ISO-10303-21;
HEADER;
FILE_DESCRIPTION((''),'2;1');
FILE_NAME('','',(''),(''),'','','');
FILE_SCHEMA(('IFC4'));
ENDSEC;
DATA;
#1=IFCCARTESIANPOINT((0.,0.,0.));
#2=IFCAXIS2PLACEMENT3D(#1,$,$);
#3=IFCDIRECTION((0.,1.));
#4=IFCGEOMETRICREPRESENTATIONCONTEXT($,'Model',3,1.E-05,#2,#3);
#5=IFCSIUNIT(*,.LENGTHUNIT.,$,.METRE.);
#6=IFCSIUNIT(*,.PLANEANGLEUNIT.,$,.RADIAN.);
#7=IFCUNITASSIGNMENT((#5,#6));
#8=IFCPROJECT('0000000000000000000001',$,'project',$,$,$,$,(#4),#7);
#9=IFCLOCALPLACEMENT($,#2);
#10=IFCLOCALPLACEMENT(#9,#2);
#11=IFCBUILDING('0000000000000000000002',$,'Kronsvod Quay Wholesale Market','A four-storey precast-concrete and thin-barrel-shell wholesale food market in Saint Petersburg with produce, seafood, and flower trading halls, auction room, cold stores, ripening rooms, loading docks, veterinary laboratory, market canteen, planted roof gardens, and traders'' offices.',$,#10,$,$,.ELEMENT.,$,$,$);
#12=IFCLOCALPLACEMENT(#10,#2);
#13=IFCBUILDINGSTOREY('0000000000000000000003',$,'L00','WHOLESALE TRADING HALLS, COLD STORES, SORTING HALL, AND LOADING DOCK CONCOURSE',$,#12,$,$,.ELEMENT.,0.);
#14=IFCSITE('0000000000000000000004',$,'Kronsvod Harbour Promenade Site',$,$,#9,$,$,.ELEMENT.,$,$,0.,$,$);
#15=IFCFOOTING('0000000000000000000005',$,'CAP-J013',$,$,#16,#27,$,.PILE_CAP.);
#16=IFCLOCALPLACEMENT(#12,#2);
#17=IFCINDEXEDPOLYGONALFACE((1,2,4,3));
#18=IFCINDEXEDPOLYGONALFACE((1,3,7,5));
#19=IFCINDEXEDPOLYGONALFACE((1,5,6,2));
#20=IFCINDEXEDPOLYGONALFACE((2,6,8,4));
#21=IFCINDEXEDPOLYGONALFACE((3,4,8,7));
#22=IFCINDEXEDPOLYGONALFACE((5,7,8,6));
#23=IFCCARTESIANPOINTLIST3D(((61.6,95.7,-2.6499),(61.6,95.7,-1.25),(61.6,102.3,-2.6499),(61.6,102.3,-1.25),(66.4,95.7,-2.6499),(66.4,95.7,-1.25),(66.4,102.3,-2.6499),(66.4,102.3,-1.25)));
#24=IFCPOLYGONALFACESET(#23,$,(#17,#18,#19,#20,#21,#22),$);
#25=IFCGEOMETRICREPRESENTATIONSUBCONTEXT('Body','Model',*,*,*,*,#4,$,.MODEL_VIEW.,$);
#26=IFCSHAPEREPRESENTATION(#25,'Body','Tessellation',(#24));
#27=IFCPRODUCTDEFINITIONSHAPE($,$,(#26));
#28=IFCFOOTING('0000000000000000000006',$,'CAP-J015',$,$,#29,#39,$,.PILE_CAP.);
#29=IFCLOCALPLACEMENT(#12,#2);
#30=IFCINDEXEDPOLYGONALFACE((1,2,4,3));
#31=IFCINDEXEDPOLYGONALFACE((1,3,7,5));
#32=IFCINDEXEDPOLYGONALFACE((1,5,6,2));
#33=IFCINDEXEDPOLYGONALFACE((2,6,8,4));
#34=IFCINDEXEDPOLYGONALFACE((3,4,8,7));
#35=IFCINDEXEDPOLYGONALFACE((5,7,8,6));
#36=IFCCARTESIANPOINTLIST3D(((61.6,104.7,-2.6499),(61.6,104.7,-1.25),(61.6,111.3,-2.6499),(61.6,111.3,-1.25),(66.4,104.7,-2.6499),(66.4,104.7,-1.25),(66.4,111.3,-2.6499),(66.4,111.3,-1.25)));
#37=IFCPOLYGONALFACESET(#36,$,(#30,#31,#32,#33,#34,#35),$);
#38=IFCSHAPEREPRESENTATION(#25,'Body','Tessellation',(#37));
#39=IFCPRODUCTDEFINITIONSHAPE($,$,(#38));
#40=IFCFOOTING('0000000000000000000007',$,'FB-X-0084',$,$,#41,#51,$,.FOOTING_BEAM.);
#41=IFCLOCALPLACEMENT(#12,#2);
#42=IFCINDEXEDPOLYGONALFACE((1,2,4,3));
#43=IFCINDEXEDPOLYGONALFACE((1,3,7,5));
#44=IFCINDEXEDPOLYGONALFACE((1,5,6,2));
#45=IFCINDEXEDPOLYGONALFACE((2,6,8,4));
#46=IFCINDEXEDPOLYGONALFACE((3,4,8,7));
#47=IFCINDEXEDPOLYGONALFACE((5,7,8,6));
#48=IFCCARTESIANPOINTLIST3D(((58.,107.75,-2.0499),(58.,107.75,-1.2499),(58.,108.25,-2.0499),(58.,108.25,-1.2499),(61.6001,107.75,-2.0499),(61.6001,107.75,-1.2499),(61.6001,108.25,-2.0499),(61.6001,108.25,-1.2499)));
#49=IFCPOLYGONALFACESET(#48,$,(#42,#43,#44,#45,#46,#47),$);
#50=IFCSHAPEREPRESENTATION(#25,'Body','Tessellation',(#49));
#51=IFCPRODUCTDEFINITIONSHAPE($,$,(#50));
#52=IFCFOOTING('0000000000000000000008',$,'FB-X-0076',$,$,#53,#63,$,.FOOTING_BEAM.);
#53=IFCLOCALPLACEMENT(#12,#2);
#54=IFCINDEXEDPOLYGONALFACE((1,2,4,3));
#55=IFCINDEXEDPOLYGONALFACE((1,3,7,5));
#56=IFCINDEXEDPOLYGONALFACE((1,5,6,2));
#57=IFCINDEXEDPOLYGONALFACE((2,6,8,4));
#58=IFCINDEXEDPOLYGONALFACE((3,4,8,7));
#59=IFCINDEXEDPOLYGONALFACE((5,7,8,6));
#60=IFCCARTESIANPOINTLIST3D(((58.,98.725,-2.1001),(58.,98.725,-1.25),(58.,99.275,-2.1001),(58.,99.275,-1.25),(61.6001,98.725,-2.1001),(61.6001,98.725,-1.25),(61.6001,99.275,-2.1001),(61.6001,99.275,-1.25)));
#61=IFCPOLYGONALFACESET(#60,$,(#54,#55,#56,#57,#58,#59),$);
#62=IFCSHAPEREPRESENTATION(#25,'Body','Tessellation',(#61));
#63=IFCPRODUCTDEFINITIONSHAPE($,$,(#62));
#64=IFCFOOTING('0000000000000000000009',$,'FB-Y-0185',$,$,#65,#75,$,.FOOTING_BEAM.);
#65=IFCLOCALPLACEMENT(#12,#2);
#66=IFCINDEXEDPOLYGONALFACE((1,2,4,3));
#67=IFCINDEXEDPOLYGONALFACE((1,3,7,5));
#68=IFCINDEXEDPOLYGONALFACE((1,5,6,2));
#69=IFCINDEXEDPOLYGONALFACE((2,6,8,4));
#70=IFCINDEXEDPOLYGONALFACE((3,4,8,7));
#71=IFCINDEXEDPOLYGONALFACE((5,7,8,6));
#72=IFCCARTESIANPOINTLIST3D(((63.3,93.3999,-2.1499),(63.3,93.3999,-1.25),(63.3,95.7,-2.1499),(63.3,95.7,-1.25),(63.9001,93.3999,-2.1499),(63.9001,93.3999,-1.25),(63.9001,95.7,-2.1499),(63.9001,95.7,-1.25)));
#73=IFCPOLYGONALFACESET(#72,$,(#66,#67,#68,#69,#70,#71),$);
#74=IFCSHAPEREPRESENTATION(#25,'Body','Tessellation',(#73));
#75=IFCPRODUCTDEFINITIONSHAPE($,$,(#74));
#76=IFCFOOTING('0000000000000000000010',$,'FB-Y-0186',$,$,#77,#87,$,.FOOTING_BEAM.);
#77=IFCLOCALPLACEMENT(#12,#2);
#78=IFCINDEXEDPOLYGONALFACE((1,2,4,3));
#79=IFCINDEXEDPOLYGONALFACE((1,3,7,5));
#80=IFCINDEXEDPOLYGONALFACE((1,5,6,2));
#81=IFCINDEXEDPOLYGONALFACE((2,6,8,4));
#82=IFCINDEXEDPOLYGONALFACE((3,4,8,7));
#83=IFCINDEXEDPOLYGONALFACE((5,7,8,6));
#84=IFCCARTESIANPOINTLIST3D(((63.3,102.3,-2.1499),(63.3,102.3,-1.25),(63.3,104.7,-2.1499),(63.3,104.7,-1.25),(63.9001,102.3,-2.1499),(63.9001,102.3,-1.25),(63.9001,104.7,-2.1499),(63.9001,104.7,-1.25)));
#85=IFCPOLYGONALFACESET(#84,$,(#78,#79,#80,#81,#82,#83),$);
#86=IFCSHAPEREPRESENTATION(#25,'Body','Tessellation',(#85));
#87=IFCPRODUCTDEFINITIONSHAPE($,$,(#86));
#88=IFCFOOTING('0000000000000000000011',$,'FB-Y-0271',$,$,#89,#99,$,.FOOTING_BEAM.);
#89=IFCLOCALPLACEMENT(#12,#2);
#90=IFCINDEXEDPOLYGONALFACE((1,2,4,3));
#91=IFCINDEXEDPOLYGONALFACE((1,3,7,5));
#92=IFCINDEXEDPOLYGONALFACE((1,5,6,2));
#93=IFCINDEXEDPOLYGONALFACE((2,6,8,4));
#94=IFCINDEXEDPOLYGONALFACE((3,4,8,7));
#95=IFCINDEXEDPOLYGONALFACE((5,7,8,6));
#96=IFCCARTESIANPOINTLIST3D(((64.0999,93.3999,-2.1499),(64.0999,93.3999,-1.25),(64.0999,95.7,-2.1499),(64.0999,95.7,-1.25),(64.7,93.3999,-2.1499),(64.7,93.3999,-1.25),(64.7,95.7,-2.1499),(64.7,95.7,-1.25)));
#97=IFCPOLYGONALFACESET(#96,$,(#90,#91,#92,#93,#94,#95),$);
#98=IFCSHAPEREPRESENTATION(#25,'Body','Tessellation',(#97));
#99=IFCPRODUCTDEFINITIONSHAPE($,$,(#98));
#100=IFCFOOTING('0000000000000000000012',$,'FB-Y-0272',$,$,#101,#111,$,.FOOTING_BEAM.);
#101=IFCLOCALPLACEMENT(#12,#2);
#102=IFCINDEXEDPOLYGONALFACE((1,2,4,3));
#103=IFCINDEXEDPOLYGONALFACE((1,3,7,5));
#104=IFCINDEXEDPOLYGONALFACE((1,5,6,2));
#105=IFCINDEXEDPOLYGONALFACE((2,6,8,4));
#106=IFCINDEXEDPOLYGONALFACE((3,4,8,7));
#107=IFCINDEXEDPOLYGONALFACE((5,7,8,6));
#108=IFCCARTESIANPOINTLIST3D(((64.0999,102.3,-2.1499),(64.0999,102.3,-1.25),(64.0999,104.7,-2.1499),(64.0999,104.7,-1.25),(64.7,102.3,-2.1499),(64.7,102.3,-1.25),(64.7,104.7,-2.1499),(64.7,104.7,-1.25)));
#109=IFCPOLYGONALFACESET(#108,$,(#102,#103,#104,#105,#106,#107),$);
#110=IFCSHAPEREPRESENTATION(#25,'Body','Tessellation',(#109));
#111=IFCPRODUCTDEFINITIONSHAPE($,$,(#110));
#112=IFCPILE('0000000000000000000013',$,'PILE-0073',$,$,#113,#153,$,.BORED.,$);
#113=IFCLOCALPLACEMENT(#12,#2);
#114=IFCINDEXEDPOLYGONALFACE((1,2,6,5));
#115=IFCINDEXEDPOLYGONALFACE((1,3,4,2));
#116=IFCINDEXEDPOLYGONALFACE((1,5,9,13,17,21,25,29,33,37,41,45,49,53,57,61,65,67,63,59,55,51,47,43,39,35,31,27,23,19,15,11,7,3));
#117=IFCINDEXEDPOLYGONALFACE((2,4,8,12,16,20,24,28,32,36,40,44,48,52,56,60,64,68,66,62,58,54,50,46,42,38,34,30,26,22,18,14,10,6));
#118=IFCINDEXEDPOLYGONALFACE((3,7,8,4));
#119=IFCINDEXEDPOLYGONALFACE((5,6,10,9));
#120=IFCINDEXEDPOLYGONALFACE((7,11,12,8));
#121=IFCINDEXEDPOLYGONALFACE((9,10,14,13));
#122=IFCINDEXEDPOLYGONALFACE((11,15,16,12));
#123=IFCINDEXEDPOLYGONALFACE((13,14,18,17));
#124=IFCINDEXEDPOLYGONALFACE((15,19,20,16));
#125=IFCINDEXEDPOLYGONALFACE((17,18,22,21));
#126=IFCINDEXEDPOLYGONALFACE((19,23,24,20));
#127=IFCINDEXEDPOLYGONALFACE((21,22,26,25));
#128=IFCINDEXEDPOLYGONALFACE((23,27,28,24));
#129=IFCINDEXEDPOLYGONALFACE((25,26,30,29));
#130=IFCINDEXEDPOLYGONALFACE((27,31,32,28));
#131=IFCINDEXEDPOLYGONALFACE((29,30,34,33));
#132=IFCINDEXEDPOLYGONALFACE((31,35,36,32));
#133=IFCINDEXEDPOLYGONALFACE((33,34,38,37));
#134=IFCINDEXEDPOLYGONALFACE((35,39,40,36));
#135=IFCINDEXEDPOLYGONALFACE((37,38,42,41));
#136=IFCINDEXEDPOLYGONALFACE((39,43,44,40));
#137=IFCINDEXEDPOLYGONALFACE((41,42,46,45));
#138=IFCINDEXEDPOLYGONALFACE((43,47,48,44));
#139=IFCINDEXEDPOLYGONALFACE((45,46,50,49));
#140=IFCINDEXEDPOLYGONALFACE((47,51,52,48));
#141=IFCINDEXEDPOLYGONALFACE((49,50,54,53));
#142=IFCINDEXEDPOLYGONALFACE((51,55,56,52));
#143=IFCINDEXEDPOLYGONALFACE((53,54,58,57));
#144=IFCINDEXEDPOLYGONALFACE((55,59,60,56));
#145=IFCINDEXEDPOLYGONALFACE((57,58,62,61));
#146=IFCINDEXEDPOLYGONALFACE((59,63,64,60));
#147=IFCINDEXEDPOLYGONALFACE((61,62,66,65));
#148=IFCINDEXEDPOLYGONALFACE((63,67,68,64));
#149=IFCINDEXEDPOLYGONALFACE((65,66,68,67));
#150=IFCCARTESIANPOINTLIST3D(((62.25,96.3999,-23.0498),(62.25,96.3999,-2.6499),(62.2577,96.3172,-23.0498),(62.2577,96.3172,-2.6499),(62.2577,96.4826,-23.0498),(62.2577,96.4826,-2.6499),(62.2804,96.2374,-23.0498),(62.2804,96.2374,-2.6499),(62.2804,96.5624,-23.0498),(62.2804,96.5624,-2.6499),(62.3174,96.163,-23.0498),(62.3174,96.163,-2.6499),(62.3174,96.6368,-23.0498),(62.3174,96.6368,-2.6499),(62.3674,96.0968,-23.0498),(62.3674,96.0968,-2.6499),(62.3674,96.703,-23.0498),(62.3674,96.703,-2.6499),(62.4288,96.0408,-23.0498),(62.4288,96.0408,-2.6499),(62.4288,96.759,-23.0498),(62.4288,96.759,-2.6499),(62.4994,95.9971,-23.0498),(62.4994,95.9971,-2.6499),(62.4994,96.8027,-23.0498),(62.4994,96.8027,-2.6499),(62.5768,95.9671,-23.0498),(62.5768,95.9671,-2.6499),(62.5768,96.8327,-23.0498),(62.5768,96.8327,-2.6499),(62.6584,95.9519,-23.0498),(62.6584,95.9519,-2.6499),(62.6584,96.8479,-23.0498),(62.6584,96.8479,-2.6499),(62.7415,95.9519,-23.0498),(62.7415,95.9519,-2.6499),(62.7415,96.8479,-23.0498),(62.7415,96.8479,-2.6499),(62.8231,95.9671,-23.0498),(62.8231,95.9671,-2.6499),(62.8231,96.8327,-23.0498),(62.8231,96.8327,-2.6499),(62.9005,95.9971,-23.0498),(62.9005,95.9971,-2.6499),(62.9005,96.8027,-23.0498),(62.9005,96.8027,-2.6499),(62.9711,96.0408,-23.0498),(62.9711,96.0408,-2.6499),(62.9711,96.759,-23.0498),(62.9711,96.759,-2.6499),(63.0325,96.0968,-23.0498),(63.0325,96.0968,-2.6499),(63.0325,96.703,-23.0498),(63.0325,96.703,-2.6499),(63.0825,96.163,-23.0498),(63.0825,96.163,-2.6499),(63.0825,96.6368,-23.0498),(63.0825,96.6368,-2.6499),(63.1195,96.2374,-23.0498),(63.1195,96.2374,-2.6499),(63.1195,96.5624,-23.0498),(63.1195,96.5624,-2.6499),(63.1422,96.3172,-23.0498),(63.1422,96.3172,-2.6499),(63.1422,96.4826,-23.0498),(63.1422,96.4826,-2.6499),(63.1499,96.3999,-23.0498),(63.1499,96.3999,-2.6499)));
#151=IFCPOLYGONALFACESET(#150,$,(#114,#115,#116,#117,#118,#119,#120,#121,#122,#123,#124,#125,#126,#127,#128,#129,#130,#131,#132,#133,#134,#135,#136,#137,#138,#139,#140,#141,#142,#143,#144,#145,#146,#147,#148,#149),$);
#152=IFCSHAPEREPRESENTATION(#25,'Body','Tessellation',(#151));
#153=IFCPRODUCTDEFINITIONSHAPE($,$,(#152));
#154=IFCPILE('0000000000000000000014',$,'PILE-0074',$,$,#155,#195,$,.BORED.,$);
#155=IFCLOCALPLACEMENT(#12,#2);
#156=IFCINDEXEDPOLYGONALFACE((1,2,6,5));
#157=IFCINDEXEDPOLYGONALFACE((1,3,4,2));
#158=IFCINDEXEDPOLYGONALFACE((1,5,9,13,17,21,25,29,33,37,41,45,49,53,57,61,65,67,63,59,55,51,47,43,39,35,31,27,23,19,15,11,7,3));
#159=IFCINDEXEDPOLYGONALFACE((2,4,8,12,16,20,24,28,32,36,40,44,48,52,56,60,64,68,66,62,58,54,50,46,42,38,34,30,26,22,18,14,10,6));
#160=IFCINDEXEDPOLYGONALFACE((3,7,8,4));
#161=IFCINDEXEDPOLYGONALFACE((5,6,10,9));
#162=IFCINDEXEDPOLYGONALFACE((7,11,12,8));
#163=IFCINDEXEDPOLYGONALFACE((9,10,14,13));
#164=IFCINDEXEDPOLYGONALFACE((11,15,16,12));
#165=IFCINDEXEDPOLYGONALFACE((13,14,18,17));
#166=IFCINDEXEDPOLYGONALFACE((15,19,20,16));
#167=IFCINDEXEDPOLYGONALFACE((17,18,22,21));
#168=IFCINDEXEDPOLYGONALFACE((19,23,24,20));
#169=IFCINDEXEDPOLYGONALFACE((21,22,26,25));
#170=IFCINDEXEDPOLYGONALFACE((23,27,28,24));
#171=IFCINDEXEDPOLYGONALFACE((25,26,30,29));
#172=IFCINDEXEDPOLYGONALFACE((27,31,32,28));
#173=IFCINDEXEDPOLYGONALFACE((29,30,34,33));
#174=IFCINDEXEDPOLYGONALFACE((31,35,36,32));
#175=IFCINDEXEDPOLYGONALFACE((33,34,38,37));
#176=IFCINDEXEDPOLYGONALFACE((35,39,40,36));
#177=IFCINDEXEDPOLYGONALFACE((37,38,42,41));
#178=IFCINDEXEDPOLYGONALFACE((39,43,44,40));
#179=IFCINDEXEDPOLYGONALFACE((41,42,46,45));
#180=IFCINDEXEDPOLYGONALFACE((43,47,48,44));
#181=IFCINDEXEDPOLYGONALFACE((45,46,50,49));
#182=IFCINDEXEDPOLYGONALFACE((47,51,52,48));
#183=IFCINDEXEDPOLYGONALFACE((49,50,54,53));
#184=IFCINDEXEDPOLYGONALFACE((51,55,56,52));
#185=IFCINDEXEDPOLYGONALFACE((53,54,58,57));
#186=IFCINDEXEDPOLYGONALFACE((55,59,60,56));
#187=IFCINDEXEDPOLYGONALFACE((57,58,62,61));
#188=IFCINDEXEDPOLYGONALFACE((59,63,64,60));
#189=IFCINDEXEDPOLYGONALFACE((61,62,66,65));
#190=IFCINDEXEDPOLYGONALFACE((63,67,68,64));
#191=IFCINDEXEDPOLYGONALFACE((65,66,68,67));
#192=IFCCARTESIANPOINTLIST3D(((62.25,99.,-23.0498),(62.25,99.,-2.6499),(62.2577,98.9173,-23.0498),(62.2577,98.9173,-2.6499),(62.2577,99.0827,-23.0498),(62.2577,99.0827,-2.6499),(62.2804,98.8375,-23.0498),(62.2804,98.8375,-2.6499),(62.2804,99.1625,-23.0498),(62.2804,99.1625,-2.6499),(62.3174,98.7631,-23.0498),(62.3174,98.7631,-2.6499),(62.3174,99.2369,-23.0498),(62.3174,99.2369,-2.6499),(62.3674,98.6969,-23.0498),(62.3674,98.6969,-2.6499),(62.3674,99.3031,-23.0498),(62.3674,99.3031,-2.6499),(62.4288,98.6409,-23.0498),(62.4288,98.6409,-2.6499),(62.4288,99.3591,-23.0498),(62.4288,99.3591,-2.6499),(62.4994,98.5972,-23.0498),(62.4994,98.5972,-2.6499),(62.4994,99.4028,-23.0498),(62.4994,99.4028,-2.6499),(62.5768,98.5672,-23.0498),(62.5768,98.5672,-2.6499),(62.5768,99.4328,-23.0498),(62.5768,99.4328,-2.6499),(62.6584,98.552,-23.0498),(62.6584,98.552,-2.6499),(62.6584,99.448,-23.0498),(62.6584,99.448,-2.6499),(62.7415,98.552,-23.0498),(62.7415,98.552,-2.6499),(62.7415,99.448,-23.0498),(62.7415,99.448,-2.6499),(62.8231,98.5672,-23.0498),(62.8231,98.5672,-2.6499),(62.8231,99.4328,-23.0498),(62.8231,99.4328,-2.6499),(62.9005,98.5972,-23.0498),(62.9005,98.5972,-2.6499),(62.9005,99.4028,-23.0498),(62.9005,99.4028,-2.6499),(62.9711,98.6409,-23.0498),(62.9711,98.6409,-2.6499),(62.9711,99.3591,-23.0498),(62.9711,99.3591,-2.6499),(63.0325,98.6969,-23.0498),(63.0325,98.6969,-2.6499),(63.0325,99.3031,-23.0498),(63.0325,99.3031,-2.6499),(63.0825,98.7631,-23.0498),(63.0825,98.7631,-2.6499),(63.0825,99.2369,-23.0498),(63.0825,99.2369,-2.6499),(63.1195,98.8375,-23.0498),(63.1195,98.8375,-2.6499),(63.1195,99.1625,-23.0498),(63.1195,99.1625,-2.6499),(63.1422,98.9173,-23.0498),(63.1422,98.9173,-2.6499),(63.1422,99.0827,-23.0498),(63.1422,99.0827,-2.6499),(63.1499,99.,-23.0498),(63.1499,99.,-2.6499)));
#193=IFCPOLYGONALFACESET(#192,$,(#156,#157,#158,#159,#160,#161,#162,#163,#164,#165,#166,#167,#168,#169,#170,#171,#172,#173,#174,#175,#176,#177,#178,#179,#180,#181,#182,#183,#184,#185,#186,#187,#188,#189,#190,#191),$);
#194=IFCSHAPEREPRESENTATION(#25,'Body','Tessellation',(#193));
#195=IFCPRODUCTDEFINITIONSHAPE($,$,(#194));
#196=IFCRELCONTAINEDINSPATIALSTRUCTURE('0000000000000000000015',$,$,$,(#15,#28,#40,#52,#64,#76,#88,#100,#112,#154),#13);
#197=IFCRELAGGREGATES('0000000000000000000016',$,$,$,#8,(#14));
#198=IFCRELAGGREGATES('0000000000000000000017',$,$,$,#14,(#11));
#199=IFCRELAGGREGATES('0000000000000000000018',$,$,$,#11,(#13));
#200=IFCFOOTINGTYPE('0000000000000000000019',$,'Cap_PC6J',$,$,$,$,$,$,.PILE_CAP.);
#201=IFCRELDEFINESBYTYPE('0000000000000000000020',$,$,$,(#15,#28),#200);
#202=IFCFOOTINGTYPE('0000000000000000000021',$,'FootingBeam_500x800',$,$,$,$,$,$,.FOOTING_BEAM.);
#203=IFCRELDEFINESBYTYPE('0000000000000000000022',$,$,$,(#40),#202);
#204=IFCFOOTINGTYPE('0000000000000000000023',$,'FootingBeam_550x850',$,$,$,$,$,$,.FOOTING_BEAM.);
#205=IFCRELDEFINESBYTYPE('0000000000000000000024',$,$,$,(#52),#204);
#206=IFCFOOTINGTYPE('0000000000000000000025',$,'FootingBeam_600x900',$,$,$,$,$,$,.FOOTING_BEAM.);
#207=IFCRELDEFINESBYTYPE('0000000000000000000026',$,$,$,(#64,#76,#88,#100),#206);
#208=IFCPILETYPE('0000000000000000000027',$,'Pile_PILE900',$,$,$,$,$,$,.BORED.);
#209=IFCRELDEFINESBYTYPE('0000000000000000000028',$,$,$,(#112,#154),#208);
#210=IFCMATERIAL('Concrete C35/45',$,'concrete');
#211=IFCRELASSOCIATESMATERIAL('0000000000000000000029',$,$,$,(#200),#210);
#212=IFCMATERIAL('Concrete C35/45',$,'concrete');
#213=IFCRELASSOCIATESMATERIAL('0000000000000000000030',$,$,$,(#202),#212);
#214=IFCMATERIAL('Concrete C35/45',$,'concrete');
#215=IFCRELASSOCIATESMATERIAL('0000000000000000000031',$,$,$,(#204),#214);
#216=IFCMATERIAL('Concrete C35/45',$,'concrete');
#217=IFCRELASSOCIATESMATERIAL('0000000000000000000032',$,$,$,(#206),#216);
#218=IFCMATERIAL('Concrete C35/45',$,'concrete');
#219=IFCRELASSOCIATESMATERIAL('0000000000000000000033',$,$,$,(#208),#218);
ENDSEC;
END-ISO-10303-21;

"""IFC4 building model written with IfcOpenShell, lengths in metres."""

from ifc_helpers import new_model, si_unit, direction, frame, origin, origin_2d, place, context, subcontext, project, spatial, rectangle, circle, extrude, material, material_profile, profile_set, type_object, element, save


model = new_model("IFC4")

# Units and contexts
model_context = context("Model", 3, precision=1e-05, world=origin(), true_north=direction((0.0, 1.0)))
body_context = subcontext(model_context, "Body", "Model", "MODEL_VIEW")
ifc_project = project(units=[si_unit("LENGTHUNIT", "METRE"), si_unit("PLANEANGLEUNIT", "RADIAN")], contexts=[model_context])

# Site, building, storey
site_placement = place(None, origin())
site = spatial("IfcSite", under=ifc_project, at=site_placement, Name="Kronsvod Harbour Promenade Site", CompositionType="ELEMENT", RefElevation=0.0)
building_placement = place(site_placement, origin())
building = spatial("IfcBuilding", under=site, at=building_placement, Name="Kronsvod Quay Wholesale Market", Description="A four-storey precast-concrete and thin-barrel-shell wholesale food market in Saint Petersburg with produce, seafood, and flower trading halls, auction room, cold stores, ripening rooms, loading docks, veterinary laboratory, market canteen, planted roof gardens, and traders' offices.", CompositionType="ELEMENT")
storey_placement = place(building_placement, origin())
storey = spatial("IfcBuildingStorey", under=building, at=storey_placement, Name="L00", Description="WHOLESALE TRADING HALLS, COLD STORES, SORTING HALL, AND LOADING DOCK CONCOURSE", CompositionType="ELEMENT", Elevation=0.0)

# Footings
ifc_material_1 = material(Name="Concrete C35/45", Category="concrete")
footing_type_1 = type_object("IfcFootingType", Name="Cap_PC6J", PredefinedType="PILE_CAP", material=ifc_material_1)
for number, where, z_axis, x_axis, name in (
    (1, (64.0, 99.0, -2.6499), (0.0, 0.0, 1.0), (1.0, 0.0, 0.0), "CAP-J013"),
    (2, (64.0, 108.0, -2.6499), (0.0, 0.0, 1.0), (1.0, 0.0, 0.0), "CAP-J015"),
):
    element("IfcFooting", number, at=place(storey_placement, frame(where, z_axis=z_axis, x_axis=x_axis)), inside=storey, type_object=footing_type_1, Name=name, PredefinedType="PILE_CAP", context=body_context, shape_type="SweptSolid", body=[
        extrude(rectangle(XDim=4.8, YDim=6.6001, at=origin_2d()), origin(), (0.0, 0.0, 1.0), 1.3999),
    ])
ifc_material_2 = material(Name="Concrete C35/45", Category="concrete")
ifc_material_profile_1 = material_profile(ifc_material_2, rectangle(XDim=0.5, YDim=0.8, at=origin_2d()), Name="FB-01")
ifc_profile_set_1 = profile_set([ifc_material_profile_1], Name="Concrete C35/45")
footing_type_2 = type_object("IfcFootingType", Name="FootingBeam_500x800", PredefinedType="FOOTING_BEAM", material=ifc_profile_set_1)
footing_1_placement = place(storey_placement, frame((58.0, 108.0, -1.6499), z_axis=(1.0, 0.0, 0.0), x_axis=(0.0, 1.0, 0.0)))
element("IfcFooting", 3, at=footing_1_placement, inside=storey, type_object=footing_type_2, Name="FB-X-0084", PredefinedType="FOOTING_BEAM", context=body_context, shape_type="SweptSolid", body=[
    extrude(rectangle(XDim=0.5, YDim=0.8, at=origin_2d()), origin(), (0.0, 0.0, 1.0), 3.6001),
])
ifc_material_3 = material(Name="Concrete C35/45", Category="concrete")
ifc_material_profile_2 = material_profile(ifc_material_3, rectangle(XDim=0.55, YDim=0.8501, at=origin_2d()), Name="FB-03")
ifc_profile_set_2 = profile_set([ifc_material_profile_2], Name="Concrete C35/45")
footing_type_3 = type_object("IfcFootingType", Name="FootingBeam_550x850", PredefinedType="FOOTING_BEAM", material=ifc_profile_set_2)
footing_2_placement = place(storey_placement, frame((58.0, 99.0, -1.675), z_axis=(1.0, 0.0, 0.0), x_axis=(0.0, 1.0, 0.0)))
element("IfcFooting", 4, at=footing_2_placement, inside=storey, type_object=footing_type_3, Name="FB-X-0076", PredefinedType="FOOTING_BEAM", context=body_context, shape_type="SweptSolid", body=[
    extrude(rectangle(XDim=0.55, YDim=0.8501, at=origin_2d()), origin(), (0.0, 0.0, 1.0), 3.6001),
])
ifc_material_4 = material(Name="Concrete C35/45", Category="concrete")
ifc_material_profile_3 = material_profile(ifc_material_4, rectangle(XDim=0.6001, YDim=0.8999, at=origin_2d()), Name="FB-02")
ifc_profile_set_3 = profile_set([ifc_material_profile_3], Name="Concrete C35/45")
footing_type_4 = type_object("IfcFootingType", Name="FootingBeam_600x900", PredefinedType="FOOTING_BEAM", material=ifc_profile_set_3)
footing_3_placement = place(storey_placement, frame((63.6001, 93.3999, -1.7), z_axis=(0.0, 1.0, 0.0), x_axis=(-1.0, 0.0, 0.0)))
element("IfcFooting", 5, at=footing_3_placement, inside=storey, type_object=footing_type_4, Name="FB-Y-0185", PredefinedType="FOOTING_BEAM", context=body_context, shape_type="SweptSolid", body=[
    extrude(rectangle(XDim=0.6001, YDim=0.8999, at=origin_2d()), origin(), (0.0, 0.0, 1.0), 2.3),
])
footing_4_placement = place(storey_placement, frame((63.6001, 102.3, -1.7), z_axis=(0.0, 1.0, 0.0), x_axis=(-1.0, 0.0, 0.0)))
element("IfcFooting", 6, at=footing_4_placement, inside=storey, type_object=footing_type_4, Name="FB-Y-0186", PredefinedType="FOOTING_BEAM", context=body_context, shape_type="SweptSolid", body=[
    extrude(rectangle(XDim=0.6001, YDim=0.8999, at=origin_2d()), origin(), (0.0, 0.0, 1.0), 2.3999),
])
footing_5_placement = place(storey_placement, frame((64.3999, 93.3999, -1.7), z_axis=(0.0, 1.0, 0.0), x_axis=(-1.0, 0.0, 0.0)))
element("IfcFooting", 7, at=footing_5_placement, inside=storey, type_object=footing_type_4, Name="FB-Y-0271", PredefinedType="FOOTING_BEAM", context=body_context, shape_type="SweptSolid", body=[
    extrude(rectangle(XDim=0.6001, YDim=0.8999, at=origin_2d()), origin(), (0.0, 0.0, 1.0), 2.3),
])
footing_6_placement = place(storey_placement, frame((64.3999, 102.3, -1.7), z_axis=(0.0, 1.0, 0.0), x_axis=(-1.0, 0.0, 0.0)))
element("IfcFooting", 8, at=footing_6_placement, inside=storey, type_object=footing_type_4, Name="FB-Y-0272", PredefinedType="FOOTING_BEAM", context=body_context, shape_type="SweptSolid", body=[
    extrude(rectangle(XDim=0.6001, YDim=0.8999, at=origin_2d()), origin(), (0.0, 0.0, 1.0), 2.3999),
])

# Piles
ifc_material_5 = material(Name="Concrete C35/45", Category="concrete")
ifc_material_profile_4 = material_profile(ifc_material_5, circle(Radius=0.45, at=origin_2d()), Name="PILE900")
ifc_profile_set_4 = profile_set([ifc_material_profile_4], Name="Concrete C35/45")
pile_type = type_object("IfcPileType", Name="Pile_PILE900", PredefinedType="BORED", material=ifc_profile_set_4)
for number, where, z_axis, x_axis, name in (
    (9, (62.7, 96.3999, -2.6499), (0.0, 0.0, -1.0), (1.0, 0.0, 0.0), "PILE-0073"),
    (10, (62.7, 99.0, -2.6499), (0.0, 0.0, -1.0), (1.0, 0.0, 0.0), "PILE-0074"),
):
    element("IfcPile", number, at=place(storey_placement, frame(where, z_axis=z_axis, x_axis=x_axis)), inside=storey, type_object=pile_type, Name=name, PredefinedType="BORED", context=body_context, shape_type="SweptSolid", body=[
        extrude(circle(Radius=0.45, at=origin_2d()), origin(), (0.0, 0.0, 1.0), 20.3999),
    ])

save(model, "model.ifc")
